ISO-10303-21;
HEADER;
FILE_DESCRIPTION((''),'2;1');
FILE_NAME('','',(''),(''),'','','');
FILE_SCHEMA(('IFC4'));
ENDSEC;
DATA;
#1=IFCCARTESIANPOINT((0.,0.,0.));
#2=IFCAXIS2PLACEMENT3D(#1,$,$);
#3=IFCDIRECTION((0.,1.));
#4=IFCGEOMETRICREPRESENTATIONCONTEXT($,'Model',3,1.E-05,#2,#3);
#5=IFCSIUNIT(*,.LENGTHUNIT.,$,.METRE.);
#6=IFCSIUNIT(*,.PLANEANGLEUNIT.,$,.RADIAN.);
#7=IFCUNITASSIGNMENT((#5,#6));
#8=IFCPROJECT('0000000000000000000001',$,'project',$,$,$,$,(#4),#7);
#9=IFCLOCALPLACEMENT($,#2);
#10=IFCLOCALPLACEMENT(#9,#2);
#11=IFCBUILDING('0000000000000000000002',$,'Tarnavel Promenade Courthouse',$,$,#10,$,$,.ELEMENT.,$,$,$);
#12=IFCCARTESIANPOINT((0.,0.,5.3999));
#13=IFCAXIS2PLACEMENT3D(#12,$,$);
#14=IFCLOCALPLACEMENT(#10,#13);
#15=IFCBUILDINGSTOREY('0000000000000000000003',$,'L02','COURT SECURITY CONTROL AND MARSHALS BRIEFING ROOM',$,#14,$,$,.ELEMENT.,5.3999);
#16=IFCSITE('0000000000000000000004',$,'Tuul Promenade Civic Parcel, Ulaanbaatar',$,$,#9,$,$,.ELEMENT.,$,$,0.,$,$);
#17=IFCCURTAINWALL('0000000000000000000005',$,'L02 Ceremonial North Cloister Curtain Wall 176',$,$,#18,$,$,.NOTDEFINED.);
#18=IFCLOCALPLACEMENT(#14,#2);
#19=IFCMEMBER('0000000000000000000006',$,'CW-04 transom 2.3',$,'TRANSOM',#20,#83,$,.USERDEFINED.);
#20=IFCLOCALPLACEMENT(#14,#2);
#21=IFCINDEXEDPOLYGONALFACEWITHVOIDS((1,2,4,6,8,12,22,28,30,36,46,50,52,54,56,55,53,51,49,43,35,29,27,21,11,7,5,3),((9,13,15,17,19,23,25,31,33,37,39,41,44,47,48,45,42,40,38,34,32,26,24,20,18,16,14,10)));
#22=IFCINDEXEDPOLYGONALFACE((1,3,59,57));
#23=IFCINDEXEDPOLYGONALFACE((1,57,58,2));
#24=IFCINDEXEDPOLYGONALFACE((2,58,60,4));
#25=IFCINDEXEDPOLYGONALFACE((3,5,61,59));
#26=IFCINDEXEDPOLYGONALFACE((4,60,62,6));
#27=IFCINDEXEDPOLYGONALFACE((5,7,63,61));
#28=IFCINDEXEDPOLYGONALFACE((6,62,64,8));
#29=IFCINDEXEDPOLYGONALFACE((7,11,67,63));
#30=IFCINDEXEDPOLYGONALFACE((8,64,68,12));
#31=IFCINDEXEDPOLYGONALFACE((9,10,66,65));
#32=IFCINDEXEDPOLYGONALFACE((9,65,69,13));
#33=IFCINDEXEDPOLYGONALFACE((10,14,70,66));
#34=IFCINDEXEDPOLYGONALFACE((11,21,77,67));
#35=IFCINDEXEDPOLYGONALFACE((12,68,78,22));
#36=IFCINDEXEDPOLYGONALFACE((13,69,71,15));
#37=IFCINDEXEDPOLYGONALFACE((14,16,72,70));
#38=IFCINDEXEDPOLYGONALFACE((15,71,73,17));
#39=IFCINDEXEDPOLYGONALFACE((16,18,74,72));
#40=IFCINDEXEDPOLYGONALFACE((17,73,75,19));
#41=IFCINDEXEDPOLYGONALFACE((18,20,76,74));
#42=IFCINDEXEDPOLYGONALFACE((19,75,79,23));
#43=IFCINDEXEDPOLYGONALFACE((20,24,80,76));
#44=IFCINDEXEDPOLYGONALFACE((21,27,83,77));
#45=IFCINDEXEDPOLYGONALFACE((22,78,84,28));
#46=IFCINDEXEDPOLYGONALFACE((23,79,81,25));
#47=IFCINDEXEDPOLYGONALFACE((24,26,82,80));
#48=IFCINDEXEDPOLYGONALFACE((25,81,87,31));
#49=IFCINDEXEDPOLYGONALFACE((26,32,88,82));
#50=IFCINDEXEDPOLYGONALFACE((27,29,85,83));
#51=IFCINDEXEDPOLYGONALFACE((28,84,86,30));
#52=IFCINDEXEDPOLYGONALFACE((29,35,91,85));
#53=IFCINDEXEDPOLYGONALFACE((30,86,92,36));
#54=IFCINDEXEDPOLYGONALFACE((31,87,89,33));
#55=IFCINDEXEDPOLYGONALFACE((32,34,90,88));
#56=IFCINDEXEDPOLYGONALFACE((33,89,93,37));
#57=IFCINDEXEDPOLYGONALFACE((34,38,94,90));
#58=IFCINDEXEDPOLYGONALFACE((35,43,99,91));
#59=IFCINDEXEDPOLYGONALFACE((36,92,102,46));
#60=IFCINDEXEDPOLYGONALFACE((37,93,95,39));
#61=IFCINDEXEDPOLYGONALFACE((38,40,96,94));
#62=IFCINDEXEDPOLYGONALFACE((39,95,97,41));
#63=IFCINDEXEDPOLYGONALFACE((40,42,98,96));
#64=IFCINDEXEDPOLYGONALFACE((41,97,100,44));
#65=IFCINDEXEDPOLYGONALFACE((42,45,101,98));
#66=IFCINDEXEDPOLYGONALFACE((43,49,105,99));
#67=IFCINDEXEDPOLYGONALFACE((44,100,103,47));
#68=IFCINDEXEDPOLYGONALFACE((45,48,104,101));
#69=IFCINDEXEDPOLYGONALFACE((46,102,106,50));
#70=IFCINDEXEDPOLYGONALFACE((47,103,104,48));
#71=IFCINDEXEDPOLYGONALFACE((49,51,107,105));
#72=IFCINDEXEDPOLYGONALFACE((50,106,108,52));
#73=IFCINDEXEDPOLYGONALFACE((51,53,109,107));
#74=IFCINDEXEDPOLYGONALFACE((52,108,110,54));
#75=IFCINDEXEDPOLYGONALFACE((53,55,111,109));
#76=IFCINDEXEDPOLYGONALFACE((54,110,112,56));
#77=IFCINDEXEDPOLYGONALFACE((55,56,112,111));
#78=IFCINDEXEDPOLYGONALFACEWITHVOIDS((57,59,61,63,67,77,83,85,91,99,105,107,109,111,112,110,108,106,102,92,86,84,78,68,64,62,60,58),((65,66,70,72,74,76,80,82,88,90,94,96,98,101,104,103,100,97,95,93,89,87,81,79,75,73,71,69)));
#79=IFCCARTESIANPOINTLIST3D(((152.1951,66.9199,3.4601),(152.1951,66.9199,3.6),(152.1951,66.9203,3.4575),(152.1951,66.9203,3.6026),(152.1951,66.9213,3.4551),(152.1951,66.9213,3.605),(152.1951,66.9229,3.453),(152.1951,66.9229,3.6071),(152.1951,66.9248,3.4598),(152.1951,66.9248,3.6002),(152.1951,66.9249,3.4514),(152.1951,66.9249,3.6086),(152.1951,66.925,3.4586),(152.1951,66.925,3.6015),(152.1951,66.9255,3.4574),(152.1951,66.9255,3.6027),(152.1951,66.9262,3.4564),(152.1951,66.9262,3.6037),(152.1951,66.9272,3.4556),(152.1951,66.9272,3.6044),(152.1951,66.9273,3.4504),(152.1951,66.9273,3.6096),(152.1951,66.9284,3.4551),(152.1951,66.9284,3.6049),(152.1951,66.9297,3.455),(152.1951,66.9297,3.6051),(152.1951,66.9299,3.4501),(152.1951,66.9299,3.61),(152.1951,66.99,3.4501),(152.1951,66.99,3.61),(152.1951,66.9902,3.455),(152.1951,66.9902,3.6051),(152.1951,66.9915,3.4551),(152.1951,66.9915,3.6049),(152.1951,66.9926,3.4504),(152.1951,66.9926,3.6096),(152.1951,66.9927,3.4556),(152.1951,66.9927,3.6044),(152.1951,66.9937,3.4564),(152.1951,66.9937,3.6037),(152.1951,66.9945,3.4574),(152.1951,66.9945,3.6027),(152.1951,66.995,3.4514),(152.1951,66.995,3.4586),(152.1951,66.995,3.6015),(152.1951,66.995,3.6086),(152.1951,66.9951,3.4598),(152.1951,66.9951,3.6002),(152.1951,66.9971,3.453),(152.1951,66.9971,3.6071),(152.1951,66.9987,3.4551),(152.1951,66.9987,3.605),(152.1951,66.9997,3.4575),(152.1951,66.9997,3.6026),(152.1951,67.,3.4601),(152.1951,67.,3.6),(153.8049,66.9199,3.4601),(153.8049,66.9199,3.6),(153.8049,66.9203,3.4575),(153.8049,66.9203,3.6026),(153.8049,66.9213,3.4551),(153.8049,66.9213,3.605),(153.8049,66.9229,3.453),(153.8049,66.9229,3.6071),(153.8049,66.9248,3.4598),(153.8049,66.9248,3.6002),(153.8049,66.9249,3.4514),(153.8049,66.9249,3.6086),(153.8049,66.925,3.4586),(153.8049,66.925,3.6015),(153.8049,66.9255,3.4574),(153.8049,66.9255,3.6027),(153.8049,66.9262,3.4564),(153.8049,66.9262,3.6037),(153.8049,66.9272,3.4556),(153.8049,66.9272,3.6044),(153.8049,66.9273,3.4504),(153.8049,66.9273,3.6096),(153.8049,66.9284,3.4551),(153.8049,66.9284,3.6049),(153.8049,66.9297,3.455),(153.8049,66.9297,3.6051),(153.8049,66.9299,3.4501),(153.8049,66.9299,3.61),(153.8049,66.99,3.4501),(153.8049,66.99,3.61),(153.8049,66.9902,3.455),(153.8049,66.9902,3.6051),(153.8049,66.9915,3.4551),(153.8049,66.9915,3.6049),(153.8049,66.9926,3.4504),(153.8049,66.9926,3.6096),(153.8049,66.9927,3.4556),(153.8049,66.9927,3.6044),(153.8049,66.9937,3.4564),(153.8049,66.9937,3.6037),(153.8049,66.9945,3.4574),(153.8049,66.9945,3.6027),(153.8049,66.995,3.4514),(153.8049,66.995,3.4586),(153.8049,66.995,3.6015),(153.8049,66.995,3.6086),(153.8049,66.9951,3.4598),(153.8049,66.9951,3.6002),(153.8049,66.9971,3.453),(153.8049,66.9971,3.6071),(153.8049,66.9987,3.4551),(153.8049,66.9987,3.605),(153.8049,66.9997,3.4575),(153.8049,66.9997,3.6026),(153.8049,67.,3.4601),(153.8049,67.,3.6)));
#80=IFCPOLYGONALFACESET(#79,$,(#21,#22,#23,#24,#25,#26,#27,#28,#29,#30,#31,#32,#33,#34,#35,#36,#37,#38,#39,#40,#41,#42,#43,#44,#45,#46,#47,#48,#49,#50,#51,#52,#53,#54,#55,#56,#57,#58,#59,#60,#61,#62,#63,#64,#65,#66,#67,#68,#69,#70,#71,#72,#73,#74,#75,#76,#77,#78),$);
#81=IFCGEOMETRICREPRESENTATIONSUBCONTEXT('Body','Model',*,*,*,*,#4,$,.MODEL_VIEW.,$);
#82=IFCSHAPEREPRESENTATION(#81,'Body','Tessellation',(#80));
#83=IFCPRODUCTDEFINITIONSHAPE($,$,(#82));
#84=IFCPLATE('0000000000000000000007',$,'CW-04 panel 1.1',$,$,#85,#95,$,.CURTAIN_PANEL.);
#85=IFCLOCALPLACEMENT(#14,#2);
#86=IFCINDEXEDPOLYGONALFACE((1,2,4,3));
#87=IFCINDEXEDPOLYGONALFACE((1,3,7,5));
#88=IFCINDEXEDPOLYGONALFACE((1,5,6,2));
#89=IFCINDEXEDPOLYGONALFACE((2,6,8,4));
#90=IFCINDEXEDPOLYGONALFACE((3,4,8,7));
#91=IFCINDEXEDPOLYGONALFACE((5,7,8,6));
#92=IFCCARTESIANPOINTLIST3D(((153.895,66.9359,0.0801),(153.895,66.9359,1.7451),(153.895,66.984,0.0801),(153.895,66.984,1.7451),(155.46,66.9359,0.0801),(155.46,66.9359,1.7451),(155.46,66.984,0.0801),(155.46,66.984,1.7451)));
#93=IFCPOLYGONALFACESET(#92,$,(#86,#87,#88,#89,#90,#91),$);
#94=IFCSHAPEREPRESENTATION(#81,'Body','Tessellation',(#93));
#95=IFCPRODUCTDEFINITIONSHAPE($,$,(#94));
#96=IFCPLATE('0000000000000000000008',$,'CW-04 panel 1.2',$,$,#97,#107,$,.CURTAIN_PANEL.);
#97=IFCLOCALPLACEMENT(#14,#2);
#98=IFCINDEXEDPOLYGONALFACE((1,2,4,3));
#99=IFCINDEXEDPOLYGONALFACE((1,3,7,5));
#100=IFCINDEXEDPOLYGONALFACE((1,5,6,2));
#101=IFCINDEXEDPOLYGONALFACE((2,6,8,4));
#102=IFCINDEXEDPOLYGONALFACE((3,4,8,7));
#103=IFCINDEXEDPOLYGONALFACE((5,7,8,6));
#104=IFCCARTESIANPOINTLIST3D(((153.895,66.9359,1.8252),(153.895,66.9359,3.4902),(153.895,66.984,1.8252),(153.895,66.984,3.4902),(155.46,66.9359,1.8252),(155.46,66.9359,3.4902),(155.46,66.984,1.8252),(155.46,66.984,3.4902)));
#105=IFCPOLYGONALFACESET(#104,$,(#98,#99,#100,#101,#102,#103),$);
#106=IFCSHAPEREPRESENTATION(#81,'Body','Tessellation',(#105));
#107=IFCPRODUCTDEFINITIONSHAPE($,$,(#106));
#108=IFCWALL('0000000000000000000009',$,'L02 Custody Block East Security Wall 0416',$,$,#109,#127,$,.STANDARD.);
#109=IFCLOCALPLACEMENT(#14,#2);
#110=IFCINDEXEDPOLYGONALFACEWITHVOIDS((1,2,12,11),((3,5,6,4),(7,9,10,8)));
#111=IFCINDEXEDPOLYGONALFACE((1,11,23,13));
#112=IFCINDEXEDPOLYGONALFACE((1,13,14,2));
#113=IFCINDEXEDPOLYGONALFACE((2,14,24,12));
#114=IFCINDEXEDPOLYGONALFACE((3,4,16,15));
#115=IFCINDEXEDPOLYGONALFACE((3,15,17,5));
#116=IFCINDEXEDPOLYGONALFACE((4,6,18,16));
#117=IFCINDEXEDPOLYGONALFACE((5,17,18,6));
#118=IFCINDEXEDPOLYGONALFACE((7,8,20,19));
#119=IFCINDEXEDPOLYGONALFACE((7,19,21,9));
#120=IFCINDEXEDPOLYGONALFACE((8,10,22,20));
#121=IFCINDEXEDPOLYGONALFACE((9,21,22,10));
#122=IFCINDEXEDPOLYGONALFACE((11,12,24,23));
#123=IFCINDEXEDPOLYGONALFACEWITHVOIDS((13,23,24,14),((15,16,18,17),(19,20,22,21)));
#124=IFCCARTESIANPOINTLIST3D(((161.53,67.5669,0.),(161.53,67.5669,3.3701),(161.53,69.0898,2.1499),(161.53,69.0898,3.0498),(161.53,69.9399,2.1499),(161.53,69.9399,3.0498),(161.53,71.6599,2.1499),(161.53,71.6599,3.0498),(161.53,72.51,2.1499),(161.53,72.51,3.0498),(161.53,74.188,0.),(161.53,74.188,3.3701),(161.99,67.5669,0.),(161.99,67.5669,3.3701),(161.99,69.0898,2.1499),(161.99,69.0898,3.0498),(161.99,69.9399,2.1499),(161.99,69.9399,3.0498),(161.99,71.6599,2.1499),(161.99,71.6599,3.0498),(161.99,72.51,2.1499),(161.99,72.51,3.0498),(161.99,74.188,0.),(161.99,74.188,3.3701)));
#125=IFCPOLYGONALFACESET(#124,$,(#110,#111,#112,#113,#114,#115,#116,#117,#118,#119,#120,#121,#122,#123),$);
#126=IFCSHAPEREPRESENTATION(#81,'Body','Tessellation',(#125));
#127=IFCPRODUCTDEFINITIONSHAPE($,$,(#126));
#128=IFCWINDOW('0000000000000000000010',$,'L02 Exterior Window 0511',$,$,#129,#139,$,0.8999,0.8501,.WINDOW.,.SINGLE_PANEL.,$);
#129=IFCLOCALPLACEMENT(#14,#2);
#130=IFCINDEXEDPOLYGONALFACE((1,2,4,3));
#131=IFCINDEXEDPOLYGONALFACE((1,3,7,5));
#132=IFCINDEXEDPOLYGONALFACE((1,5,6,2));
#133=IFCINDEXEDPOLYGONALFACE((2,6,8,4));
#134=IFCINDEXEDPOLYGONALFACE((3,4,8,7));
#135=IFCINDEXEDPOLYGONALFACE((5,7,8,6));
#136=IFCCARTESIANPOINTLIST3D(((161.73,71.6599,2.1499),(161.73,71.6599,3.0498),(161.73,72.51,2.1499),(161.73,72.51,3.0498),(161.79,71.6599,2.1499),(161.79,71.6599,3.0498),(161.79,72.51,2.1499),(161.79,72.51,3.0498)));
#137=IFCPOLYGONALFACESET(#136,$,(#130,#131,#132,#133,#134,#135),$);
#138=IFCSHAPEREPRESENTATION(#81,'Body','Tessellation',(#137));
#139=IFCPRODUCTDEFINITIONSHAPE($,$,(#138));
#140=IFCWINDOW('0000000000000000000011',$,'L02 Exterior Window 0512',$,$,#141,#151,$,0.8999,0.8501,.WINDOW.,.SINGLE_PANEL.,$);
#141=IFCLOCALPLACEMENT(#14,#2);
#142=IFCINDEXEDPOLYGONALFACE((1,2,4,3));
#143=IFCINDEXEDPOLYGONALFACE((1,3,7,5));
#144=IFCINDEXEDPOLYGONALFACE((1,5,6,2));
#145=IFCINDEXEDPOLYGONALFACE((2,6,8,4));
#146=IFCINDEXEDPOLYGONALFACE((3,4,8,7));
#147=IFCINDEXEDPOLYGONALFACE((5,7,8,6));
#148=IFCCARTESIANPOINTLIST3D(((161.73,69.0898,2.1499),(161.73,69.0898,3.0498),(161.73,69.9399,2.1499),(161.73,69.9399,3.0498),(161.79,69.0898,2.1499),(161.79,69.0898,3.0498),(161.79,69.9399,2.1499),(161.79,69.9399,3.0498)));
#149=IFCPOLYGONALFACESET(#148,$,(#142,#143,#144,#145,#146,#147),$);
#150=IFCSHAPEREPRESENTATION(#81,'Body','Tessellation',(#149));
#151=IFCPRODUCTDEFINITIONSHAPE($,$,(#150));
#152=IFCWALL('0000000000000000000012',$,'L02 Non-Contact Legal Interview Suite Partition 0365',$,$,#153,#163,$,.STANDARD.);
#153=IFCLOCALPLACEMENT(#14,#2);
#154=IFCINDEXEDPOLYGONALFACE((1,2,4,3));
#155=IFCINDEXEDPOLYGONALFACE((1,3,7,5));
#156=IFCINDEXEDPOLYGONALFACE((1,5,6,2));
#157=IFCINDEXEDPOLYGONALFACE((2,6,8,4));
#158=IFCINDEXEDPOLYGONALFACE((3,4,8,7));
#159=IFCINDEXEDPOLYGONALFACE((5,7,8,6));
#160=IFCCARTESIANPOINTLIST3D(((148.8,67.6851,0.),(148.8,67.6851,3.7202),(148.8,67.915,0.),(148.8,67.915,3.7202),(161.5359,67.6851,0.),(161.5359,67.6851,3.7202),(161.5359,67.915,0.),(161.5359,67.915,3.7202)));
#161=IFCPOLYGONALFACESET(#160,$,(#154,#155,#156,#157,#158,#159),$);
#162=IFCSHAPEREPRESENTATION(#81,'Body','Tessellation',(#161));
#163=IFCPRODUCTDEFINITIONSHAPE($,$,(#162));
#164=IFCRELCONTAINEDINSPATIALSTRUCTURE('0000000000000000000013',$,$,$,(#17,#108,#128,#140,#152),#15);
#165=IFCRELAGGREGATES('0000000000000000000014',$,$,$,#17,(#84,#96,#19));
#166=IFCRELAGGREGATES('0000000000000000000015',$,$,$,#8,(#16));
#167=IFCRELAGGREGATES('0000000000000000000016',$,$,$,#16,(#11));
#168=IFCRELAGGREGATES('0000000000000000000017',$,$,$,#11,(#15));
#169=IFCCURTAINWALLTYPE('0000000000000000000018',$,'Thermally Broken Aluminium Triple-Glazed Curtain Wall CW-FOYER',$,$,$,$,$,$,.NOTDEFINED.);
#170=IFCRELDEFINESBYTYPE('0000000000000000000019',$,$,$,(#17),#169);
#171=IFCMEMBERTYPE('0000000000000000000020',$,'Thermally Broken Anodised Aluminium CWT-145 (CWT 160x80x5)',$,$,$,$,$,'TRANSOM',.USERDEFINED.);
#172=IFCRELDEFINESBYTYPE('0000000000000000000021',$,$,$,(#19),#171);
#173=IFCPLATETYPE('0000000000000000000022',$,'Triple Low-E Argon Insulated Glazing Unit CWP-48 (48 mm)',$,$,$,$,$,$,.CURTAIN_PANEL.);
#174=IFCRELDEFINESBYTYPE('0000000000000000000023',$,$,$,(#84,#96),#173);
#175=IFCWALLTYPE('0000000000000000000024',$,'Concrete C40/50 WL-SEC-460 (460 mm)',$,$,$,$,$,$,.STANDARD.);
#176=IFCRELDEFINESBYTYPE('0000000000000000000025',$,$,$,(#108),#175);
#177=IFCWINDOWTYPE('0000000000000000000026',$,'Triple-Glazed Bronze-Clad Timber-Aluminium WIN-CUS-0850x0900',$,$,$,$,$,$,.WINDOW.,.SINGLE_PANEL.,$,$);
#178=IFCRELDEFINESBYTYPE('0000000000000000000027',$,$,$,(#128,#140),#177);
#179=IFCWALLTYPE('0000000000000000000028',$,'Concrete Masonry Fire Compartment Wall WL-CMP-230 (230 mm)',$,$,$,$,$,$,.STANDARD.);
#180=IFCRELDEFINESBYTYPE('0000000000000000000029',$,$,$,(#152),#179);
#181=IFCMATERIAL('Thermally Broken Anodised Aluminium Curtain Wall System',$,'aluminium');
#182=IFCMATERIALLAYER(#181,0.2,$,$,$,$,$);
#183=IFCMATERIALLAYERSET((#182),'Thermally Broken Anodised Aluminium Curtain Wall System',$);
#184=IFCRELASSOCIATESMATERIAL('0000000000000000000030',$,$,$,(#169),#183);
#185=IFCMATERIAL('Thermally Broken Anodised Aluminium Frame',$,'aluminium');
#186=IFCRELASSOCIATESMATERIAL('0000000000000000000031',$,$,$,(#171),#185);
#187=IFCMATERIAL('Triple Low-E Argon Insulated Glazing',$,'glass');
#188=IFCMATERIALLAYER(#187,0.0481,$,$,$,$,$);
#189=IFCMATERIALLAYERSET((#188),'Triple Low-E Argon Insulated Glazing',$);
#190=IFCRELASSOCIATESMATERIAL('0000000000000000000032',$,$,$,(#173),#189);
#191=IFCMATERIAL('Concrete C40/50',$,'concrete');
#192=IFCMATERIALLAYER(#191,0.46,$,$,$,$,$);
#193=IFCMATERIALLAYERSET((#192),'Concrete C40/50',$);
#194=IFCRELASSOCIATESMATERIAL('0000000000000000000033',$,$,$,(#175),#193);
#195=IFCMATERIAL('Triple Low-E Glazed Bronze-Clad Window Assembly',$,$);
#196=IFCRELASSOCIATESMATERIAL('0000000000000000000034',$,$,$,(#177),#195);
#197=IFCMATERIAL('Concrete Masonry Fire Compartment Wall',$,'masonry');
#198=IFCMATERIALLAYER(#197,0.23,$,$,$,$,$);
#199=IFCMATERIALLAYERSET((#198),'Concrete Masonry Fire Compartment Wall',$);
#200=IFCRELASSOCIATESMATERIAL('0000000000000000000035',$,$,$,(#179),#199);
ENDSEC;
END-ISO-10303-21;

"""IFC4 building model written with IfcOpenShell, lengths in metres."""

from ifc_helpers import new_model, si_unit, direction, frame, frame_2d, origin, origin_2d, place, context, subcontext, project, spatial, rectangle, hollow_rectangle, extrude, material, layer, layer_set, material_profile, profile_set, type_object, element, fill, aggregate, save


model = new_model("IFC4")

# Units and contexts
model_context = context("Model", 3, precision=1e-05, world=origin(), true_north=direction((0.0, 1.0)))
body_context = subcontext(model_context, "Body", "Model", "MODEL_VIEW")
ifc_project = project(units=[si_unit("LENGTHUNIT", "METRE"), si_unit("PLANEANGLEUNIT", "RADIAN")], contexts=[model_context])

# Site, building, storey
site_placement = place(None, origin())
site = spatial("IfcSite", under=ifc_project, at=site_placement, Name="Tuul Promenade Civic Parcel, Ulaanbaatar", CompositionType="ELEMENT", RefElevation=0.0)
building_placement = place(site_placement, origin())
building = spatial("IfcBuilding", under=site, at=building_placement, Name="Tarnavel Promenade Courthouse", CompositionType="ELEMENT")
storey_placement = place(building_placement, frame((0.0, 0.0, 5.3999)))
storey = spatial("IfcBuildingStorey", under=building, at=storey_placement, Name="L02", Description="COURT SECURITY CONTROL AND MARSHALS BRIEFING ROOM", CompositionType="ELEMENT", Elevation=5.3999)

# Shared definitions
ifc_material_1 = material(Name="Concrete C40/50", Category="concrete")

# Curtain wall, member, plates
ifc_material_2 = material(Name="Thermally Broken Anodised Aluminium Curtain Wall System", Category="aluminium")
ifc_layer_1 = layer(ifc_material_2, 0.2)
ifc_layer_set_1 = layer_set([ifc_layer_1], Name="Thermally Broken Anodised Aluminium Curtain Wall System")
curtain_wall_type = type_object("IfcCurtainWallType", Name="Thermally Broken Aluminium Triple-Glazed Curtain Wall CW-FOYER", PredefinedType="NOTDEFINED", material=ifc_layer_set_1)
curtain_wall_placement = place(storey_placement, origin())
curtain_wall = element("IfcCurtainWall", 1, at=curtain_wall_placement, inside=storey, type_object=curtain_wall_type, Name="L02 Ceremonial North Cloister Curtain Wall 176", PredefinedType="NOTDEFINED")
ifc_material_3 = material(Name="Thermally Broken Anodised Aluminium Frame", Category="aluminium")
ifc_material_profile_1 = material_profile(ifc_material_3, hollow_rectangle(XDim=0.0801, YDim=0.1599, WallThickness=0.0049, InnerFilletRadius=0.0049, OuterFilletRadius=0.01, at=origin_2d()), Name="CWT 160x80x5")
ifc_profile_set_1 = profile_set([ifc_material_profile_1], Name="Thermally Broken Anodised Aluminium Frame")
member_type_1 = type_object("IfcMemberType", Name="Thermally Broken Anodised Aluminium CWT-145 (CWT 160x80x5)", ElementType="TRANSOM", PredefinedType="USERDEFINED", material=ifc_profile_set_1)
member_1_placement = place(storey_placement, frame((153.8049, 66.96, 3.53), z_axis=(-1.0, 0.0, 0.0), x_axis=(0.0, -1.0, 0.0)))
member_1 = element("IfcMember", 2, at=member_1_placement, type_object=member_type_1, Name="CW-04 transom 2.3", ObjectType="TRANSOM", PredefinedType="USERDEFINED", context=body_context, shape_type="SweptSolid", body=[
    extrude(hollow_rectangle(XDim=0.0801, YDim=0.1599, WallThickness=0.0049, InnerFilletRadius=0.0049, OuterFilletRadius=0.01, at=origin_2d()), origin(), (0.0, 0.0, 1.0), 1.6099),
])
ifc_material_4 = material(Name="Triple Low-E Argon Insulated Glazing", Category="glass")
ifc_layer_2 = layer(ifc_material_4, 0.0481)
ifc_layer_set_2 = layer_set([ifc_layer_2], Name="Triple Low-E Argon Insulated Glazing")
plate_type = type_object("IfcPlateType", Name="Triple Low-E Argon Insulated Glazing Unit CWP-48 (48 mm)", PredefinedType="CURTAIN_PANEL", material=ifc_layer_set_2)
plate_1_placement = place(storey_placement, frame((154.6775, 66.96, 0.0801), z_axis=(0.0, 0.0, 1.0), x_axis=(-1.0, 0.0, 0.0)))
plate_1 = element("IfcPlate", 3, at=plate_1_placement, type_object=plate_type, Name="CW-04 panel 1.1", PredefinedType="CURTAIN_PANEL", context=body_context, shape_type="SweptSolid", body=[
    extrude(rectangle(XDim=1.5649, YDim=0.0481, at=origin_2d()), origin(), (0.0, 0.0, 1.0), 1.665),
])
plate_2_placement = place(storey_placement, frame((154.6775, 66.96, 1.8252), z_axis=(0.0, 0.0, 1.0), x_axis=(-1.0, 0.0, 0.0)))
plate_2 = element("IfcPlate", 4, at=plate_2_placement, type_object=plate_type, Name="CW-04 panel 1.2", PredefinedType="CURTAIN_PANEL", context=body_context, shape_type="SweptSolid", body=[
    extrude(rectangle(XDim=1.5649, YDim=0.0481, at=origin_2d()), origin(), (0.0, 0.0, 1.0), 1.665),
])
aggregate(curtain_wall, [plate_1, plate_2, member_1])

# Wall, openings, windows
ifc_layer_3 = layer(ifc_material_1, 0.46)
ifc_layer_set_3 = layer_set([ifc_layer_3], Name="Concrete C40/50")
wall_type_1 = type_object("IfcWallType", Name="Concrete C40/50 WL-SEC-460 (460 mm)", PredefinedType="STANDARD", material=ifc_layer_set_3)
wall_1_placement = place(storey_placement, frame((161.76, 74.188, 0.0), z_axis=(0.0, 0.0, 1.0), x_axis=(0.0, -1.0, 0.0)))
wall_1 = element("IfcWall", 5, at=wall_1_placement, inside=storey, type_object=wall_type_1, Name="L02 Custody Block East Security Wall 0416", PredefinedType="STANDARD", context=body_context, shape_type="SweptSolid", body=[
    extrude(rectangle(XDim=6.6211, YDim=0.46, at=frame_2d((3.3105, 0.0))), origin(), (0.0, 0.0, 1.0), 3.3701),
])
opening_1_placement = place(wall_1_placement, frame((1.678, 0.0, 2.1499)))
opening_1 = element("IfcOpeningElement", 6, at=opening_1_placement, cuts=wall_1, PredefinedType="OPENING", context=body_context, shape_type="SweptSolid", body=[
    extrude(rectangle(XDim=0.8501, YDim=0.8999, at=frame_2d((0.425, 0.45))), frame((0.0, 0.24, 0.0), z_axis=(0.0, -1.0, 0.0), x_axis=(1.0, 0.0, 0.0)), (0.0, 0.0, 1.0), 0.48),
])
opening_2_placement = place(wall_1_placement, frame((4.248, 0.0, 2.1499)))
opening_2 = element("IfcOpeningElement", 7, at=opening_2_placement, cuts=wall_1, PredefinedType="OPENING", context=body_context, shape_type="SweptSolid", body=[
    extrude(rectangle(XDim=0.8501, YDim=0.8999, at=frame_2d((0.425, 0.45))), frame((0.0, 0.24, 0.0), z_axis=(0.0, -1.0, 0.0), x_axis=(1.0, 0.0, 0.0)), (0.0, 0.0, 1.0), 0.48),
])
ifc_material_5 = material(Name="Triple Low-E Glazed Bronze-Clad Window Assembly")
window_type_1 = type_object("IfcWindowType", Name="Triple-Glazed Bronze-Clad Timber-Aluminium WIN-CUS-0850x0900", PartitioningType="SINGLE_PANEL", PredefinedType="WINDOW", material=ifc_material_5)
window_1_placement = place(opening_1_placement, origin())
window_1 = element("IfcWindow", 8, at=window_1_placement, inside=storey, type_object=window_type_1, Name="L02 Exterior Window 0511", OverallHeight=0.8999, OverallWidth=0.8501, PartitioningType="SINGLE_PANEL", PredefinedType="WINDOW", context=body_context, shape_type="SweptSolid", body=[
    extrude(rectangle(XDim=0.8501, YDim=0.8999, at=frame_2d((0.425, 0.45))), frame((0.0, 0.03, 0.0), z_axis=(0.0, -1.0, 0.0), x_axis=(1.0, 0.0, 0.0)), (0.0, 0.0, 1.0), 0.0601),
])
fill(opening_1, window_1)
window_2_placement = place(opening_2_placement, origin())
window_2 = element("IfcWindow", 9, at=window_2_placement, inside=storey, type_object=window_type_1, Name="L02 Exterior Window 0512", OverallHeight=0.8999, OverallWidth=0.8501, PartitioningType="SINGLE_PANEL", PredefinedType="WINDOW", context=body_context, shape_type="SweptSolid", body=[
    extrude(rectangle(XDim=0.8501, YDim=0.8999, at=frame_2d((0.425, 0.45))), frame((0.0, 0.03, 0.0), z_axis=(0.0, -1.0, 0.0), x_axis=(1.0, 0.0, 0.0)), (0.0, 0.0, 1.0), 0.0601),
])
fill(opening_2, window_2)

# Wall
ifc_material_6 = material(Name="Concrete Masonry Fire Compartment Wall", Category="masonry")
ifc_layer_4 = layer(ifc_material_6, 0.23)
ifc_layer_set_4 = layer_set([ifc_layer_4], Name="Concrete Masonry Fire Compartment Wall")
wall_type_2 = type_object("IfcWallType", Name="Concrete Masonry Fire Compartment Wall WL-CMP-230 (230 mm)", PredefinedType="STANDARD", material=ifc_layer_set_4)
wall_2_placement = place(storey_placement, frame((161.5359, 67.8, 0.0), z_axis=(0.0, 0.0, 1.0), x_axis=(-1.0, 0.0, 0.0)))
element("IfcWall", 10, at=wall_2_placement, inside=storey, type_object=wall_type_2, Name="L02 Non-Contact Legal Interview Suite Partition 0365", PredefinedType="STANDARD", context=body_context, shape_type="SweptSolid", body=[
    extrude(rectangle(XDim=12.7358, YDim=0.23, at=frame_2d((6.3679, 0.0))), origin(), (0.0, 0.0, 1.0), 3.7202),
])

save(model, "model.ifc")
